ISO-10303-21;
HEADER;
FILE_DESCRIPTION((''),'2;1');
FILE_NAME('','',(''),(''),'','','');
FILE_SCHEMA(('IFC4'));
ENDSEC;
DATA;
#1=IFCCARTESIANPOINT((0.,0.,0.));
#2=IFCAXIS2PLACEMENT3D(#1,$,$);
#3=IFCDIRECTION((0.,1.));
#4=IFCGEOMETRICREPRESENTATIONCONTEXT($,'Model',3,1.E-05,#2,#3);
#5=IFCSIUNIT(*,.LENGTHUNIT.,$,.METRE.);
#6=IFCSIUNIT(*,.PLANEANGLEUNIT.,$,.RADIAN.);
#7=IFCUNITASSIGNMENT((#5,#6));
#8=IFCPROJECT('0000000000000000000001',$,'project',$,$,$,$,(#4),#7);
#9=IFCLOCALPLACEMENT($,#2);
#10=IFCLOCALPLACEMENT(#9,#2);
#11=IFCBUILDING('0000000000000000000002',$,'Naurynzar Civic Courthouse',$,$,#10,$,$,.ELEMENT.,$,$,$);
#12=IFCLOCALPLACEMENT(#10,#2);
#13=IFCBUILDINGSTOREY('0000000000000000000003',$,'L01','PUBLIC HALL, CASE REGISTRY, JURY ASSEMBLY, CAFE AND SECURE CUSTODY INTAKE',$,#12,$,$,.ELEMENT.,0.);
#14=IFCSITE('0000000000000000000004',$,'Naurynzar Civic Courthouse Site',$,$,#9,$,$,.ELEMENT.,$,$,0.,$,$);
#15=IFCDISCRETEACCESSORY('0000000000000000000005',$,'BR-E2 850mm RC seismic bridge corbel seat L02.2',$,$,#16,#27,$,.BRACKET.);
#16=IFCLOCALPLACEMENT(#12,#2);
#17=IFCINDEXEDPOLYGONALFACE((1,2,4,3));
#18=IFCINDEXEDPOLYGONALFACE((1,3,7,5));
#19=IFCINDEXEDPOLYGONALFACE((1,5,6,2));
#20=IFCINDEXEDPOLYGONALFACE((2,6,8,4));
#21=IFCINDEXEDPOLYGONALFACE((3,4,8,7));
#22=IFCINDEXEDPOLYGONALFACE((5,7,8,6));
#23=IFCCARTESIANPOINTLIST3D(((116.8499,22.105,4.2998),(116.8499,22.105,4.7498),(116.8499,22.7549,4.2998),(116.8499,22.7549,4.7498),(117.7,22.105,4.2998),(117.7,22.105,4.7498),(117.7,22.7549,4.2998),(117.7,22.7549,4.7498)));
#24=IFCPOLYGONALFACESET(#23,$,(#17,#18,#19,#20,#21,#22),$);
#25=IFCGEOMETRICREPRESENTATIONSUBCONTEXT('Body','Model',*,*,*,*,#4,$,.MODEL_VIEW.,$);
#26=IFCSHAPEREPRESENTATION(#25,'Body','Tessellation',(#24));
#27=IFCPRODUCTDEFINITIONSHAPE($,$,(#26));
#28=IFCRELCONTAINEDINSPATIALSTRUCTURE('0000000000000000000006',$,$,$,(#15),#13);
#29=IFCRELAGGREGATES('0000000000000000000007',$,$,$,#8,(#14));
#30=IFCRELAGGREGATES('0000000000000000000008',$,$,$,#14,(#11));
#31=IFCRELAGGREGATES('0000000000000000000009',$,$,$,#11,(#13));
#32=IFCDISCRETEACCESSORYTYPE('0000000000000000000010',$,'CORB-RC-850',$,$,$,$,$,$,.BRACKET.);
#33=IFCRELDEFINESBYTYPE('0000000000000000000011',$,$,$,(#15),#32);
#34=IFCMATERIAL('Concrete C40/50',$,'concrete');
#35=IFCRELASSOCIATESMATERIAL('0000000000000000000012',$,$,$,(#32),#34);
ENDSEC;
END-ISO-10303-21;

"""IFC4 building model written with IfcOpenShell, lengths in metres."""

from ifc_helpers import new_model, si_unit, direction, frame, origin, origin_2d, place, context, subcontext, project, spatial, rectangle, extrude, material, type_object, element, save


model = new_model("IFC4")

# Units and contexts
model_context = context("Model", 3, precision=1e-05, world=origin(), true_north=direction((0.0, 1.0)))
body_context = subcontext(model_context, "Body", "Model", "MODEL_VIEW")
ifc_project = project(units=[si_unit("LENGTHUNIT", "METRE"), si_unit("PLANEANGLEUNIT", "RADIAN")], contexts=[model_context])

# Site, building, storey
site_placement = place(None, origin())
site = spatial("IfcSite", under=ifc_project, at=site_placement, Name="Naurynzar Civic Courthouse Site", CompositionType="ELEMENT", RefElevation=0.0)
building_placement = place(site_placement, origin())
building = spatial("IfcBuilding", under=site, at=building_placement, Name="Naurynzar Civic Courthouse", CompositionType="ELEMENT")
storey_placement = place(building_placement, origin())
storey = spatial("IfcBuildingStorey", under=building, at=storey_placement, Name="L01", Description="PUBLIC HALL, CASE REGISTRY, JURY ASSEMBLY, CAFE AND SECURE CUSTODY INTAKE", CompositionType="ELEMENT", Elevation=0.0)

# Discrete accessory
ifc_material_1 = material(Name="Concrete C40/50", Category="concrete")
discrete_accessory_type_1 = type_object("IfcDiscreteAccessoryType", Name="CORB-RC-850", PredefinedType="BRACKET", material=ifc_material_1)
discrete_accessory_1_placement = place(storey_placement, frame((117.2749, 22.4299, 4.2998), z_axis=(0.0, 0.0, 1.0), x_axis=(1.0, 0.0, 0.0)))
element("IfcDiscreteAccessory", 1, at=discrete_accessory_1_placement, inside=storey, type_object=discrete_accessory_type_1, Name="BR-E2 850mm RC seismic bridge corbel seat L02.2", PredefinedType="BRACKET", context=body_context, shape_type="SweptSolid", body=[
    extrude(rectangle(XDim=0.8501, YDim=0.6499, at=origin_2d()), origin(), (0.0, 0.0, 1.0), 0.45),
])

save(model, "model.ifc")
